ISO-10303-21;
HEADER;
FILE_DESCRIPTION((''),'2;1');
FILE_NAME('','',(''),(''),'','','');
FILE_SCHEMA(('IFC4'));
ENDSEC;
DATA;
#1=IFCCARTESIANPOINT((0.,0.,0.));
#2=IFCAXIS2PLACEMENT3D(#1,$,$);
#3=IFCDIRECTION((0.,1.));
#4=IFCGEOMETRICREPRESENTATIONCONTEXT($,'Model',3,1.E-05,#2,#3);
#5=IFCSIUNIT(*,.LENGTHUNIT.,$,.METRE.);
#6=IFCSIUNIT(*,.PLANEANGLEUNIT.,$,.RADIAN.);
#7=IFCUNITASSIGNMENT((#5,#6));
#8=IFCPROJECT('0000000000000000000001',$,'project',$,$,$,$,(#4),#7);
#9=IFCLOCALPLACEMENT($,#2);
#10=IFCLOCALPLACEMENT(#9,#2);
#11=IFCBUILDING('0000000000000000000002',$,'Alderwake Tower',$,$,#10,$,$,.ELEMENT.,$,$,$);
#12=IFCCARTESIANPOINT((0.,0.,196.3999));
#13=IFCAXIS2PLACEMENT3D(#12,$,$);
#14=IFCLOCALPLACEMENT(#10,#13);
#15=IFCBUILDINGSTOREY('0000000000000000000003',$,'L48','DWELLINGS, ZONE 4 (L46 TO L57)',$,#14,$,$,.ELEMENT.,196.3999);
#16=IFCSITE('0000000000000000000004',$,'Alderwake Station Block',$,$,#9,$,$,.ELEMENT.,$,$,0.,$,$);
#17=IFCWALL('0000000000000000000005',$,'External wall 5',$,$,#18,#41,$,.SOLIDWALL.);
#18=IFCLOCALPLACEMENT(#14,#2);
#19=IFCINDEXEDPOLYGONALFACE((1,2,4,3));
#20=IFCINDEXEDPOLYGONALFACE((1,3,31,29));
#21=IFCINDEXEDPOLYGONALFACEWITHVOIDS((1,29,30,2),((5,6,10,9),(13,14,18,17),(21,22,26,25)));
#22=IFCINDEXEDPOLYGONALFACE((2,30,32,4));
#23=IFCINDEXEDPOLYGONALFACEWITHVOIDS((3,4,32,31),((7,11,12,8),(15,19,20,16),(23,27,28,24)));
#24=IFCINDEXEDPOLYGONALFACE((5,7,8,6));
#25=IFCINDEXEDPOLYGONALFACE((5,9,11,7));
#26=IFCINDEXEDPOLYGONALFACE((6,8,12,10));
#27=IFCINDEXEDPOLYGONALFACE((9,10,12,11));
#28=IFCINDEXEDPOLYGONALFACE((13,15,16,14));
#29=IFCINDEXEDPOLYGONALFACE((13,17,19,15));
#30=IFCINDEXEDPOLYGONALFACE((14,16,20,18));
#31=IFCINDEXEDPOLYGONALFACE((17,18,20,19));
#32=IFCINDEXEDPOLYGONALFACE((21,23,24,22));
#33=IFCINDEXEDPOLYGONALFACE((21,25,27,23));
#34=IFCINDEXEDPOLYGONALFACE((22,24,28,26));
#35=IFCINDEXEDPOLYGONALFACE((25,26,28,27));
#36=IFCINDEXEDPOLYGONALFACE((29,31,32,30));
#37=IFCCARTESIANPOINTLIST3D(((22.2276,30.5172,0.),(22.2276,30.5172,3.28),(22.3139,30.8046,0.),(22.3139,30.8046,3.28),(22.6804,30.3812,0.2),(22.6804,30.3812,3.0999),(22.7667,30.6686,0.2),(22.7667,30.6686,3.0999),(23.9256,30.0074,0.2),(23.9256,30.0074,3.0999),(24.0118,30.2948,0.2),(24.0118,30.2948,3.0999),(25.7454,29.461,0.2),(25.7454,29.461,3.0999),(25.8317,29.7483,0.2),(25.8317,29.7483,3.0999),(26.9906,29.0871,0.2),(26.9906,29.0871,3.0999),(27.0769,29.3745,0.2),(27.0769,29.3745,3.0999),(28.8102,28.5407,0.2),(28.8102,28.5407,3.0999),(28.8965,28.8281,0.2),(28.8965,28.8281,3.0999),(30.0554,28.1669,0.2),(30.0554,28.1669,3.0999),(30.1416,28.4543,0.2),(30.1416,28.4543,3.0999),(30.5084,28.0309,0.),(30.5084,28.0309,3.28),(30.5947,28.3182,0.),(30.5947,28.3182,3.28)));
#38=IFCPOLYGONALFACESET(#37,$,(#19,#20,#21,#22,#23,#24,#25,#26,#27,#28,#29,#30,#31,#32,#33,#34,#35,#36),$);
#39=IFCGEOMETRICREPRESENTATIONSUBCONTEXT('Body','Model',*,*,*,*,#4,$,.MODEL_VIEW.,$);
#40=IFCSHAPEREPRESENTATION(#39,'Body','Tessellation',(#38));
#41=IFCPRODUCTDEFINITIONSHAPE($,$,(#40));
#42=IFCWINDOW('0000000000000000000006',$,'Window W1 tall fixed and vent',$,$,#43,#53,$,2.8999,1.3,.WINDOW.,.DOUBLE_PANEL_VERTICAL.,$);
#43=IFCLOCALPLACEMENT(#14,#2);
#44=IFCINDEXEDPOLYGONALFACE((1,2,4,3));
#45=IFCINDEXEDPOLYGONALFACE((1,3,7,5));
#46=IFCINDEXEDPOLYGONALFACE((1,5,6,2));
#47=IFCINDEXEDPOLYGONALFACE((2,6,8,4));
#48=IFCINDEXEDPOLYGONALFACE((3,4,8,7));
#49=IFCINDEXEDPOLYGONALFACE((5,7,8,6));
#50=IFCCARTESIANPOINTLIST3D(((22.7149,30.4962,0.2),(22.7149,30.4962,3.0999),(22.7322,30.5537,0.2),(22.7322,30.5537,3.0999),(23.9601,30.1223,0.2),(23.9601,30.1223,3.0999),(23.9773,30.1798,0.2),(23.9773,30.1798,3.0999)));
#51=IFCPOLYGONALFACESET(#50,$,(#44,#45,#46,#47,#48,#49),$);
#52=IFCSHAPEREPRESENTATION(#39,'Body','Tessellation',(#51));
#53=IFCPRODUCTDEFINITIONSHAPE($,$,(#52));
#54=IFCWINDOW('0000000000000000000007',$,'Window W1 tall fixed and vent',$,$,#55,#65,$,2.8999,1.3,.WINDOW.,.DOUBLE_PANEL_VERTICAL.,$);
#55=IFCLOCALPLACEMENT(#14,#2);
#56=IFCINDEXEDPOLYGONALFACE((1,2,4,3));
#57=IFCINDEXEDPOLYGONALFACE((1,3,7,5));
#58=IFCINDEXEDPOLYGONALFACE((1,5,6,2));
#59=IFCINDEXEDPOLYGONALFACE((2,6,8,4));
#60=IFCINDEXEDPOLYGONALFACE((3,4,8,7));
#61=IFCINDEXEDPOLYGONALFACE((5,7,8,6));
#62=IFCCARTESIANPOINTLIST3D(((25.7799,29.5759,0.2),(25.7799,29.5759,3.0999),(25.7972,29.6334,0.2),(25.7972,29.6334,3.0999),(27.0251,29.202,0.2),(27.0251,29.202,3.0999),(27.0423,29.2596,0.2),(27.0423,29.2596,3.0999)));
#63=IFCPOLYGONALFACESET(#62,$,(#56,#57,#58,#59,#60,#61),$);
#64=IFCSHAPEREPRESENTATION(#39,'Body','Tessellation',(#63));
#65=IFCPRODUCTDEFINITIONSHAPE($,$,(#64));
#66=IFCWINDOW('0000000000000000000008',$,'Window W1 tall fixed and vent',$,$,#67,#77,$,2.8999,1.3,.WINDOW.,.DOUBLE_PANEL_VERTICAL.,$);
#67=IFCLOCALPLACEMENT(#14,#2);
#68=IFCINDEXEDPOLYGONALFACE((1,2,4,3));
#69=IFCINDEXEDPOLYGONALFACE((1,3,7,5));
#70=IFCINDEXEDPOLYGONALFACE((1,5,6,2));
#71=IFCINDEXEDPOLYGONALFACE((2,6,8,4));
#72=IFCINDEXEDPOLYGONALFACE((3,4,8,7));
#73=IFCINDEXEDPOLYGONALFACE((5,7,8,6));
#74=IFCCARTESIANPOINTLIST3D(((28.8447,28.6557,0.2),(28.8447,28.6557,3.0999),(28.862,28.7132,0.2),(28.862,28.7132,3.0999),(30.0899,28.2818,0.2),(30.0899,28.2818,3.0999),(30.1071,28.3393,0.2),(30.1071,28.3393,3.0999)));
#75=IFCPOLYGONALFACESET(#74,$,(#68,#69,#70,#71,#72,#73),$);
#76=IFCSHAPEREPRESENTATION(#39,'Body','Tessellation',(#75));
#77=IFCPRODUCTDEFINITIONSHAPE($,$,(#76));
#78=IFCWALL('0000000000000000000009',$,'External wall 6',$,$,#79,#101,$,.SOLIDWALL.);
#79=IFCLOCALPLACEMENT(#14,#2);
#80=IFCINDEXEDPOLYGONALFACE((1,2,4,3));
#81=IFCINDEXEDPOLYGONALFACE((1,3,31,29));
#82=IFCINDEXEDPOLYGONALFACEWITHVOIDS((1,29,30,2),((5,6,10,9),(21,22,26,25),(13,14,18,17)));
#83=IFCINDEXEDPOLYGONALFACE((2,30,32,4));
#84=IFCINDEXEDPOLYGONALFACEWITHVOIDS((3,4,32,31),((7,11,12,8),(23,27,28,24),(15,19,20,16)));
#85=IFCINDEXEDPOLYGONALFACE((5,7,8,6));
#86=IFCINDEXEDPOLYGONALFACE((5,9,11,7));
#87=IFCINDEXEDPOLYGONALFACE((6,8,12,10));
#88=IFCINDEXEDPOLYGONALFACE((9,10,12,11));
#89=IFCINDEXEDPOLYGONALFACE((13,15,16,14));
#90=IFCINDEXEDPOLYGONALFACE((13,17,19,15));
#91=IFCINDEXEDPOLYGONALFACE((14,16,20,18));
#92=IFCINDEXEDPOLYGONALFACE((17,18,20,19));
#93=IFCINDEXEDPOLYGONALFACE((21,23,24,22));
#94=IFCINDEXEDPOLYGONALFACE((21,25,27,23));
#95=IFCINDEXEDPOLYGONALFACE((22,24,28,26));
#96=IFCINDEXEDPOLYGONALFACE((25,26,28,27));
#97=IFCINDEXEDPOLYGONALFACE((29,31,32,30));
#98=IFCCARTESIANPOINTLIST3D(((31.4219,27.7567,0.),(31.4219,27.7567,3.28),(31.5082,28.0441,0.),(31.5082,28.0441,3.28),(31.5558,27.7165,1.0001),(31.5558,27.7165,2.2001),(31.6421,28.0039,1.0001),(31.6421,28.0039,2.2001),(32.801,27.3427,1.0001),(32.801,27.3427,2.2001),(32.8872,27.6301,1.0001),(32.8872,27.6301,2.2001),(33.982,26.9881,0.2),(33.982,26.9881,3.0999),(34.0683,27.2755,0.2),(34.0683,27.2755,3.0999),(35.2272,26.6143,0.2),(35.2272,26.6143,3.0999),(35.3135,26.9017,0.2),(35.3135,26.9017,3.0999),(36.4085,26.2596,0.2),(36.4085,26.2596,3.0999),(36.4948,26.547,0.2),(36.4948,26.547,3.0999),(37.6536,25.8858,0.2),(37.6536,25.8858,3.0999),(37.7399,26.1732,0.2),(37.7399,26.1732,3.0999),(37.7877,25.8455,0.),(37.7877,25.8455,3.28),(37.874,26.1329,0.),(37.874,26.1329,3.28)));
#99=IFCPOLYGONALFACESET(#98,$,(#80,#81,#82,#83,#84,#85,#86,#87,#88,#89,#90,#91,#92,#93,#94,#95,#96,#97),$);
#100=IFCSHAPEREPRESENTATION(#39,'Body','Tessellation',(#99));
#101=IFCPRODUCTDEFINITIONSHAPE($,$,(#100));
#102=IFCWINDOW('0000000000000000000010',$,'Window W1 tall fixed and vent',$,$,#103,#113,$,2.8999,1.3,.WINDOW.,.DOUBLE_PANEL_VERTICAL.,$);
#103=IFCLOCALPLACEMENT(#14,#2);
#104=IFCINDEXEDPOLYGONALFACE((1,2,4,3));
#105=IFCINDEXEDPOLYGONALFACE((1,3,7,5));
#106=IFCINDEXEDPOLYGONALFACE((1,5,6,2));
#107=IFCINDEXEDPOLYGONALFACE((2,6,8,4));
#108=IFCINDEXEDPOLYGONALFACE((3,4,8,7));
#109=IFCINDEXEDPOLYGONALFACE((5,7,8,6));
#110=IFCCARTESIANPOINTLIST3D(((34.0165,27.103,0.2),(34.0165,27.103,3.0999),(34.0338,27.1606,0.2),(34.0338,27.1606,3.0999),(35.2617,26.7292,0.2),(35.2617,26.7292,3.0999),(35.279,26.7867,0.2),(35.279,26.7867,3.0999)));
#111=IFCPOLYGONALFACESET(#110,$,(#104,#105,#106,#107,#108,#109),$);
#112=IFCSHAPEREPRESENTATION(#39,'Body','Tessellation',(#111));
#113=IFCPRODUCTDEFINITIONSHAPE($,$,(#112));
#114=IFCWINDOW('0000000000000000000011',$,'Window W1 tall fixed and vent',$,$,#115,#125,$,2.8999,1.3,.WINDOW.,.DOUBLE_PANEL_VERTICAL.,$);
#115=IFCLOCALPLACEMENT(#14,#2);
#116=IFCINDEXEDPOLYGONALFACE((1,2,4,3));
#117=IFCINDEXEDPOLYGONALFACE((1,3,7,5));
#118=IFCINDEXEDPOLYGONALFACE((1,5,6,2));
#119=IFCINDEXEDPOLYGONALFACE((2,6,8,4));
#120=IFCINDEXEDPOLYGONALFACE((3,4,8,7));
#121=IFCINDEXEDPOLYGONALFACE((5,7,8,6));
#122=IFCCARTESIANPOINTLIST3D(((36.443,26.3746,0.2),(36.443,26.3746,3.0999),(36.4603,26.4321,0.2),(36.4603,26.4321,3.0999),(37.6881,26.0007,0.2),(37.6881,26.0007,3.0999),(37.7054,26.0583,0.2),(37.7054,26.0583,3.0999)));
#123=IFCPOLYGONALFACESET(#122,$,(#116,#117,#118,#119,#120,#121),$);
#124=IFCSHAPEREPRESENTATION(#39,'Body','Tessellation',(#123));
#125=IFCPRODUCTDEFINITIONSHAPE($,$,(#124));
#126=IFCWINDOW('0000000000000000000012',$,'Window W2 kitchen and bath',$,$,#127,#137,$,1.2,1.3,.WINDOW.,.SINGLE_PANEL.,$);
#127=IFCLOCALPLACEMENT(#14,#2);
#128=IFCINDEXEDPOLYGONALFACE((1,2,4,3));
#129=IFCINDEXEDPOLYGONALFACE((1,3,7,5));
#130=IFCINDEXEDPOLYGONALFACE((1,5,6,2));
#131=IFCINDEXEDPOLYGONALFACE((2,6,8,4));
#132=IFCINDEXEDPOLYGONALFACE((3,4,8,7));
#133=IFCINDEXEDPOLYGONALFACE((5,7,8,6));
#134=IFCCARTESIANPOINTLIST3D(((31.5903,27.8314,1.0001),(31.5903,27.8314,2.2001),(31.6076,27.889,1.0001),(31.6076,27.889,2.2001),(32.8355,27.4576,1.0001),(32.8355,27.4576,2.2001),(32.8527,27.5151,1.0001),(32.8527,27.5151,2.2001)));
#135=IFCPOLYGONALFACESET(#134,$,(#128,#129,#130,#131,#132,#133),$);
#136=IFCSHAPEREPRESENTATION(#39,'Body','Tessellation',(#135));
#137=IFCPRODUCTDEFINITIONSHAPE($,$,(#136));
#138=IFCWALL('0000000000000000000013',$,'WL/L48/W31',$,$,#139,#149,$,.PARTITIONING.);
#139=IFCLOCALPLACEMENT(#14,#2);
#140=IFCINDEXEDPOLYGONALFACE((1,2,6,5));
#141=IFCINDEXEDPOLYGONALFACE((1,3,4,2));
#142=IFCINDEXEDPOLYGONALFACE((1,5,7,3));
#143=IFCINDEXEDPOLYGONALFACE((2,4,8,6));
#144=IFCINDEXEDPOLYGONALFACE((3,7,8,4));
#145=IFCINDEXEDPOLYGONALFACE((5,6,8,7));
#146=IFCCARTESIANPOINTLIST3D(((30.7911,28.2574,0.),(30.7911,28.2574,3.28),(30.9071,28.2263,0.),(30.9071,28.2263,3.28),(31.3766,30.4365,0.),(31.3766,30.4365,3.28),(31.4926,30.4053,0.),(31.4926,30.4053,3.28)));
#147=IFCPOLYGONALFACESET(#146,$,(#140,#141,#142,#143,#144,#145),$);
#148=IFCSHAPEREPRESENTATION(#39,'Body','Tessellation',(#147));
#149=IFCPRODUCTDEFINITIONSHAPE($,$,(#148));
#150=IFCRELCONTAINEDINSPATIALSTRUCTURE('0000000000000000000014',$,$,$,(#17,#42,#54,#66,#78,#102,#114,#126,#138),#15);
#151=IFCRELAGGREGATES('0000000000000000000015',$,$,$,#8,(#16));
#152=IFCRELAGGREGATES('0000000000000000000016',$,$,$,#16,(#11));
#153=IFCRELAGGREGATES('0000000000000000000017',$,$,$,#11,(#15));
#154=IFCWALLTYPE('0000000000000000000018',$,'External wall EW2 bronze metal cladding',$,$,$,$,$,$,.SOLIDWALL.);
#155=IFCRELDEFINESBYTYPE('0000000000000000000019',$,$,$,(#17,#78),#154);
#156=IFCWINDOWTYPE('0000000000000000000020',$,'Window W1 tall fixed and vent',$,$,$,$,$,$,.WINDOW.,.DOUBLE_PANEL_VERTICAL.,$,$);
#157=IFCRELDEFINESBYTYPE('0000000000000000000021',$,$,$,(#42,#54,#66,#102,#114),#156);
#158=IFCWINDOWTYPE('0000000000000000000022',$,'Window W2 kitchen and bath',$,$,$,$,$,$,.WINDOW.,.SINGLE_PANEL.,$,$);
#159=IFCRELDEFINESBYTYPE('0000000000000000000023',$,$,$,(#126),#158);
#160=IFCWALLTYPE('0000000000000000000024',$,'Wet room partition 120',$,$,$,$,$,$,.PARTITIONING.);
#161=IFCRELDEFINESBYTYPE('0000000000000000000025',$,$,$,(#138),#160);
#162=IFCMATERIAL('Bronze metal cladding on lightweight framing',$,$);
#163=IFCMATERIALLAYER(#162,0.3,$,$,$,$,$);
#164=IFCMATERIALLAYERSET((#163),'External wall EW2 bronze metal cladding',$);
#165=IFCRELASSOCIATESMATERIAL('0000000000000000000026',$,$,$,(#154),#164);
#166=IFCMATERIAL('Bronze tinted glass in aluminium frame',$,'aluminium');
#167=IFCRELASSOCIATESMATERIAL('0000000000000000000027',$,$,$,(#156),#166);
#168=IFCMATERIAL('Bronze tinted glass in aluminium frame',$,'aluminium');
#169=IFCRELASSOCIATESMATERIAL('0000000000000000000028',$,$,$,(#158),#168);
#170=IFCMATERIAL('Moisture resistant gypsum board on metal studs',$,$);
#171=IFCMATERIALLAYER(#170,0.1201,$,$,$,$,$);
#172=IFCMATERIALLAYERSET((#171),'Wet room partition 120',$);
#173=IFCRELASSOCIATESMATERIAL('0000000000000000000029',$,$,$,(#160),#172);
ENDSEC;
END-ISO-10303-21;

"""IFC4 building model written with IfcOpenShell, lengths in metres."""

from ifc_helpers import new_model, si_unit, direction, frame, frame_2d, origin, place, context, subcontext, project, spatial, rectangle, extrude, material, layer, layer_set, type_object, element, fill, save


model = new_model("IFC4")

# Units and contexts
model_context = context("Model", 3, precision=1e-05, world=origin(), true_north=direction((0.0, 1.0)))
body_context = subcontext(model_context, "Body", "Model", "MODEL_VIEW")
ifc_project = project(units=[si_unit("LENGTHUNIT", "METRE"), si_unit("PLANEANGLEUNIT", "RADIAN")], contexts=[model_context])

# Site, building, storey
site_placement = place(None, origin())
site = spatial("IfcSite", under=ifc_project, at=site_placement, Name="Alderwake Station Block", CompositionType="ELEMENT", RefElevation=0.0)
building_placement = place(site_placement, origin())
building = spatial("IfcBuilding", under=site, at=building_placement, Name="Alderwake Tower", CompositionType="ELEMENT")
storey_placement = place(building_placement, frame((0.0, 0.0, 196.3999)))
storey = spatial("IfcBuildingStorey", under=building, at=storey_placement, Name="L48", Description="DWELLINGS, ZONE 4 (L46 TO L57)", CompositionType="ELEMENT", Elevation=196.3999)

# Walls, openings, windows
ifc_material_1 = material(Name="Bronze metal cladding on lightweight framing")
ifc_layer_1 = layer(ifc_material_1, 0.3)
ifc_layer_set_1 = layer_set([ifc_layer_1], Name="External wall EW2 bronze metal cladding")
wall_type_1 = type_object("IfcWallType", Name="External wall EW2 bronze metal cladding", PredefinedType="SOLIDWALL", material=ifc_layer_set_1)
wall_1_placement = place(storey_placement, frame((22.2708, 30.6609, 0.0), z_axis=(0.0, 0.0, 1.0), x_axis=(0.957759, -0.287571, 0.0)))
wall_1 = element("IfcWall", 1, at=wall_1_placement, inside=storey, type_object=wall_type_1, Name="External wall 5", PredefinedType="SOLIDWALL", context=body_context, shape_type="SweptSolid", body=[
    extrude(rectangle(XDim=8.646, YDim=0.3, at=frame_2d((4.323, 0.0))), origin(), (0.0, 0.0, 1.0), 3.28),
])
opening_1_placement = place(wall_1_placement, frame((0.4729, 0.0, 0.2)))
opening_1 = element("IfcOpeningElement", 2, at=opening_1_placement, cuts=wall_1, PredefinedType="OPENING", context=body_context, shape_type="SweptSolid", body=[
    extrude(rectangle(XDim=1.3, YDim=2.8999, at=frame_2d((0.6499, 1.45))), frame((0.0, 0.1599, 0.0), z_axis=(0.0, -1.0, 0.0), x_axis=(1.0, 0.0, 0.0)), (0.0, 0.0, 1.0), 0.3201),
])
opening_2_placement = place(wall_1_placement, frame((3.6731, 0.0, 0.2)))
opening_2 = element("IfcOpeningElement", 3, at=opening_2_placement, cuts=wall_1, PredefinedType="OPENING", context=body_context, shape_type="SweptSolid", body=[
    extrude(rectangle(XDim=1.3, YDim=2.8999, at=frame_2d((0.6499, 1.45))), frame((0.0, 0.1599, 0.0), z_axis=(0.0, -1.0, 0.0), x_axis=(1.0, 0.0, 0.0)), (0.0, 0.0, 1.0), 0.3201),
])
opening_3_placement = place(wall_1_placement, frame((6.873, 0.0, 0.2)))
opening_3 = element("IfcOpeningElement", 4, at=opening_3_placement, cuts=wall_1, PredefinedType="OPENING", context=body_context, shape_type="SweptSolid", body=[
    extrude(rectangle(XDim=1.3, YDim=2.8999, at=frame_2d((0.6499, 1.45))), frame((0.0, 0.1599, 0.0), z_axis=(0.0, -1.0, 0.0), x_axis=(1.0, 0.0, 0.0)), (0.0, 0.0, 1.0), 0.3201),
])
ifc_material_2 = material(Name="Bronze tinted glass in aluminium frame", Category="aluminium")
window_type_1 = type_object("IfcWindowType", Name="Window W1 tall fixed and vent", PartitioningType="DOUBLE_PANEL_VERTICAL", PredefinedType="WINDOW", material=ifc_material_2)
window_1_placement = place(opening_1_placement, origin())
window_1 = element("IfcWindow", 5, at=window_1_placement, inside=storey, type_object=window_type_1, Name="Window W1 tall fixed and vent", OverallHeight=2.8999, OverallWidth=1.3, PartitioningType="DOUBLE_PANEL_VERTICAL", PredefinedType="WINDOW", context=body_context, shape_type="SweptSolid", body=[
    extrude(rectangle(XDim=1.3, YDim=2.8999, at=frame_2d((0.6499, 1.45))), frame((0.0, 0.03, 0.0), z_axis=(0.0, -1.0, 0.0), x_axis=(1.0, 0.0, 0.0)), (0.0, 0.0, 1.0), 0.0601),
])
fill(opening_1, window_1)
window_2_placement = place(opening_2_placement, origin())
window_2 = element("IfcWindow", 6, at=window_2_placement, inside=storey, type_object=window_type_1, Name="Window W1 tall fixed and vent", OverallHeight=2.8999, OverallWidth=1.3, PartitioningType="DOUBLE_PANEL_VERTICAL", PredefinedType="WINDOW", context=body_context, shape_type="SweptSolid", body=[
    extrude(rectangle(XDim=1.3, YDim=2.8999, at=frame_2d((0.6499, 1.45))), frame((0.0, 0.03, 0.0), z_axis=(0.0, -1.0, 0.0), x_axis=(1.0, 0.0, 0.0)), (0.0, 0.0, 1.0), 0.0601),
])
fill(opening_2, window_2)
window_3_placement = place(opening_3_placement, origin())
window_3 = element("IfcWindow", 7, at=window_3_placement, inside=storey, type_object=window_type_1, Name="Window W1 tall fixed and vent", OverallHeight=2.8999, OverallWidth=1.3, PartitioningType="DOUBLE_PANEL_VERTICAL", PredefinedType="WINDOW", context=body_context, shape_type="SweptSolid", body=[
    extrude(rectangle(XDim=1.3, YDim=2.8999, at=frame_2d((0.6499, 1.45))), frame((0.0, 0.03, 0.0), z_axis=(0.0, -1.0, 0.0), x_axis=(1.0, 0.0, 0.0)), (0.0, 0.0, 1.0), 0.0601),
])
fill(opening_3, window_3)
wall_2_placement = place(storey_placement, frame((31.4651, 27.9004, 0.0), z_axis=(0.0, 0.0, 1.0), x_axis=(0.957768, -0.287543, 0.0)))
wall_2 = element("IfcWall", 8, at=wall_2_placement, inside=storey, type_object=wall_type_1, Name="External wall 6", PredefinedType="SOLIDWALL", context=body_context, shape_type="SweptSolid", body=[
    extrude(rectangle(XDim=6.6465, YDim=0.3, at=frame_2d((3.3232, 0.0))), origin(), (0.0, 0.0, 1.0), 3.28),
])
opening_4_placement = place(wall_2_placement, frame((0.1399, 0.0, 1.0)))
opening_4 = element("IfcOpeningElement", 9, at=opening_4_placement, cuts=wall_2, PredefinedType="OPENING", context=body_context, shape_type="SweptSolid", body=[
    extrude(rectangle(XDim=1.3, YDim=1.2, at=frame_2d((0.6499, 0.6001))), frame((0.0, 0.1599, 0.0), z_axis=(0.0, -1.0, 0.0), x_axis=(1.0, 0.0, 0.0)), (0.0, 0.0, 1.0), 0.3201),
])
opening_5_placement = place(wall_2_placement, frame((2.6731, 0.0, 0.2)))
opening_5 = element("IfcOpeningElement", 10, at=opening_5_placement, cuts=wall_2, PredefinedType="OPENING", context=body_context, shape_type="SweptSolid", body=[
    extrude(rectangle(XDim=1.3, YDim=2.8999, at=frame_2d((0.6499, 1.45))), frame((0.0, 0.1599, 0.0), z_axis=(0.0, -1.0, 0.0), x_axis=(1.0, 0.0, 0.0)), (0.0, 0.0, 1.0), 0.3201),
])
opening_6_placement = place(wall_2_placement, frame((5.2065, 0.0, 0.2)))
opening_6 = element("IfcOpeningElement", 11, at=opening_6_placement, cuts=wall_2, PredefinedType="OPENING", context=body_context, shape_type="SweptSolid", body=[
    extrude(rectangle(XDim=1.3, YDim=2.8999, at=frame_2d((0.6499, 1.45))), frame((0.0, 0.1599, 0.0), z_axis=(0.0, -1.0, 0.0), x_axis=(1.0, 0.0, 0.0)), (0.0, 0.0, 1.0), 0.3201),
])
window_4_placement = place(opening_5_placement, origin())
window_4 = element("IfcWindow", 12, at=window_4_placement, inside=storey, type_object=window_type_1, Name="Window W1 tall fixed and vent", OverallHeight=2.8999, OverallWidth=1.3, PartitioningType="DOUBLE_PANEL_VERTICAL", PredefinedType="WINDOW", context=body_context, shape_type="SweptSolid", body=[
    extrude(rectangle(XDim=1.3, YDim=2.8999, at=frame_2d((0.6499, 1.45))), frame((0.0, 0.03, 0.0), z_axis=(0.0, -1.0, 0.0), x_axis=(1.0, 0.0, 0.0)), (0.0, 0.0, 1.0), 0.0601),
])
fill(opening_5, window_4)
window_5_placement = place(opening_6_placement, origin())
window_5 = element("IfcWindow", 13, at=window_5_placement, inside=storey, type_object=window_type_1, Name="Window W1 tall fixed and vent", OverallHeight=2.8999, OverallWidth=1.3, PartitioningType="DOUBLE_PANEL_VERTICAL", PredefinedType="WINDOW", context=body_context, shape_type="SweptSolid", body=[
    extrude(rectangle(XDim=1.3, YDim=2.8999, at=frame_2d((0.6499, 1.45))), frame((0.0, 0.03, 0.0), z_axis=(0.0, -1.0, 0.0), x_axis=(1.0, 0.0, 0.0)), (0.0, 0.0, 1.0), 0.0601),
])
fill(opening_6, window_5)
ifc_material_3 = material(Name="Bronze tinted glass in aluminium frame", Category="aluminium")
window_type_2 = type_object("IfcWindowType", Name="Window W2 kitchen and bath", PartitioningType="SINGLE_PANEL", PredefinedType="WINDOW", material=ifc_material_3)
window_6_placement = place(opening_4_placement, origin())
window_6 = element("IfcWindow", 14, at=window_6_placement, inside=storey, type_object=window_type_2, Name="Window W2 kitchen and bath", OverallHeight=1.2, OverallWidth=1.3, PartitioningType="SINGLE_PANEL", PredefinedType="WINDOW", context=body_context, shape_type="SweptSolid", body=[
    extrude(rectangle(XDim=1.3, YDim=1.2, at=frame_2d((0.6499, 0.6001))), frame((0.0, 0.03, 0.0), z_axis=(0.0, -1.0, 0.0), x_axis=(1.0, 0.0, 0.0)), (0.0, 0.0, 1.0), 0.0601),
])
fill(opening_4, window_6)

# Wall
ifc_material_4 = material(Name="Moisture resistant gypsum board on metal studs")
ifc_layer_2 = layer(ifc_material_4, 0.1201)
ifc_layer_set_2 = layer_set([ifc_layer_2], Name="Wet room partition 120")
wall_type_2 = type_object("IfcWallType", Name="Wet room partition 120", PredefinedType="PARTITIONING", material=ifc_layer_set_2)
wall_3_placement = place(storey_placement, frame((31.4346, 30.4209, 0.0), z_axis=(0.0, 0.0, 1.0), x_axis=(-0.259481, -0.965748, 0.0)))
element("IfcWall", 15, at=wall_3_placement, inside=storey, type_object=wall_type_2, Name="WL/L48/W31", PredefinedType="PARTITIONING", context=body_context, shape_type="SweptSolid", body=[
    extrude(rectangle(XDim=2.2563, YDim=0.1201, at=frame_2d((1.1282, 0.0))), origin(), (0.0, 0.0, 1.0), 3.28),
])

save(model, "model.ifc")
